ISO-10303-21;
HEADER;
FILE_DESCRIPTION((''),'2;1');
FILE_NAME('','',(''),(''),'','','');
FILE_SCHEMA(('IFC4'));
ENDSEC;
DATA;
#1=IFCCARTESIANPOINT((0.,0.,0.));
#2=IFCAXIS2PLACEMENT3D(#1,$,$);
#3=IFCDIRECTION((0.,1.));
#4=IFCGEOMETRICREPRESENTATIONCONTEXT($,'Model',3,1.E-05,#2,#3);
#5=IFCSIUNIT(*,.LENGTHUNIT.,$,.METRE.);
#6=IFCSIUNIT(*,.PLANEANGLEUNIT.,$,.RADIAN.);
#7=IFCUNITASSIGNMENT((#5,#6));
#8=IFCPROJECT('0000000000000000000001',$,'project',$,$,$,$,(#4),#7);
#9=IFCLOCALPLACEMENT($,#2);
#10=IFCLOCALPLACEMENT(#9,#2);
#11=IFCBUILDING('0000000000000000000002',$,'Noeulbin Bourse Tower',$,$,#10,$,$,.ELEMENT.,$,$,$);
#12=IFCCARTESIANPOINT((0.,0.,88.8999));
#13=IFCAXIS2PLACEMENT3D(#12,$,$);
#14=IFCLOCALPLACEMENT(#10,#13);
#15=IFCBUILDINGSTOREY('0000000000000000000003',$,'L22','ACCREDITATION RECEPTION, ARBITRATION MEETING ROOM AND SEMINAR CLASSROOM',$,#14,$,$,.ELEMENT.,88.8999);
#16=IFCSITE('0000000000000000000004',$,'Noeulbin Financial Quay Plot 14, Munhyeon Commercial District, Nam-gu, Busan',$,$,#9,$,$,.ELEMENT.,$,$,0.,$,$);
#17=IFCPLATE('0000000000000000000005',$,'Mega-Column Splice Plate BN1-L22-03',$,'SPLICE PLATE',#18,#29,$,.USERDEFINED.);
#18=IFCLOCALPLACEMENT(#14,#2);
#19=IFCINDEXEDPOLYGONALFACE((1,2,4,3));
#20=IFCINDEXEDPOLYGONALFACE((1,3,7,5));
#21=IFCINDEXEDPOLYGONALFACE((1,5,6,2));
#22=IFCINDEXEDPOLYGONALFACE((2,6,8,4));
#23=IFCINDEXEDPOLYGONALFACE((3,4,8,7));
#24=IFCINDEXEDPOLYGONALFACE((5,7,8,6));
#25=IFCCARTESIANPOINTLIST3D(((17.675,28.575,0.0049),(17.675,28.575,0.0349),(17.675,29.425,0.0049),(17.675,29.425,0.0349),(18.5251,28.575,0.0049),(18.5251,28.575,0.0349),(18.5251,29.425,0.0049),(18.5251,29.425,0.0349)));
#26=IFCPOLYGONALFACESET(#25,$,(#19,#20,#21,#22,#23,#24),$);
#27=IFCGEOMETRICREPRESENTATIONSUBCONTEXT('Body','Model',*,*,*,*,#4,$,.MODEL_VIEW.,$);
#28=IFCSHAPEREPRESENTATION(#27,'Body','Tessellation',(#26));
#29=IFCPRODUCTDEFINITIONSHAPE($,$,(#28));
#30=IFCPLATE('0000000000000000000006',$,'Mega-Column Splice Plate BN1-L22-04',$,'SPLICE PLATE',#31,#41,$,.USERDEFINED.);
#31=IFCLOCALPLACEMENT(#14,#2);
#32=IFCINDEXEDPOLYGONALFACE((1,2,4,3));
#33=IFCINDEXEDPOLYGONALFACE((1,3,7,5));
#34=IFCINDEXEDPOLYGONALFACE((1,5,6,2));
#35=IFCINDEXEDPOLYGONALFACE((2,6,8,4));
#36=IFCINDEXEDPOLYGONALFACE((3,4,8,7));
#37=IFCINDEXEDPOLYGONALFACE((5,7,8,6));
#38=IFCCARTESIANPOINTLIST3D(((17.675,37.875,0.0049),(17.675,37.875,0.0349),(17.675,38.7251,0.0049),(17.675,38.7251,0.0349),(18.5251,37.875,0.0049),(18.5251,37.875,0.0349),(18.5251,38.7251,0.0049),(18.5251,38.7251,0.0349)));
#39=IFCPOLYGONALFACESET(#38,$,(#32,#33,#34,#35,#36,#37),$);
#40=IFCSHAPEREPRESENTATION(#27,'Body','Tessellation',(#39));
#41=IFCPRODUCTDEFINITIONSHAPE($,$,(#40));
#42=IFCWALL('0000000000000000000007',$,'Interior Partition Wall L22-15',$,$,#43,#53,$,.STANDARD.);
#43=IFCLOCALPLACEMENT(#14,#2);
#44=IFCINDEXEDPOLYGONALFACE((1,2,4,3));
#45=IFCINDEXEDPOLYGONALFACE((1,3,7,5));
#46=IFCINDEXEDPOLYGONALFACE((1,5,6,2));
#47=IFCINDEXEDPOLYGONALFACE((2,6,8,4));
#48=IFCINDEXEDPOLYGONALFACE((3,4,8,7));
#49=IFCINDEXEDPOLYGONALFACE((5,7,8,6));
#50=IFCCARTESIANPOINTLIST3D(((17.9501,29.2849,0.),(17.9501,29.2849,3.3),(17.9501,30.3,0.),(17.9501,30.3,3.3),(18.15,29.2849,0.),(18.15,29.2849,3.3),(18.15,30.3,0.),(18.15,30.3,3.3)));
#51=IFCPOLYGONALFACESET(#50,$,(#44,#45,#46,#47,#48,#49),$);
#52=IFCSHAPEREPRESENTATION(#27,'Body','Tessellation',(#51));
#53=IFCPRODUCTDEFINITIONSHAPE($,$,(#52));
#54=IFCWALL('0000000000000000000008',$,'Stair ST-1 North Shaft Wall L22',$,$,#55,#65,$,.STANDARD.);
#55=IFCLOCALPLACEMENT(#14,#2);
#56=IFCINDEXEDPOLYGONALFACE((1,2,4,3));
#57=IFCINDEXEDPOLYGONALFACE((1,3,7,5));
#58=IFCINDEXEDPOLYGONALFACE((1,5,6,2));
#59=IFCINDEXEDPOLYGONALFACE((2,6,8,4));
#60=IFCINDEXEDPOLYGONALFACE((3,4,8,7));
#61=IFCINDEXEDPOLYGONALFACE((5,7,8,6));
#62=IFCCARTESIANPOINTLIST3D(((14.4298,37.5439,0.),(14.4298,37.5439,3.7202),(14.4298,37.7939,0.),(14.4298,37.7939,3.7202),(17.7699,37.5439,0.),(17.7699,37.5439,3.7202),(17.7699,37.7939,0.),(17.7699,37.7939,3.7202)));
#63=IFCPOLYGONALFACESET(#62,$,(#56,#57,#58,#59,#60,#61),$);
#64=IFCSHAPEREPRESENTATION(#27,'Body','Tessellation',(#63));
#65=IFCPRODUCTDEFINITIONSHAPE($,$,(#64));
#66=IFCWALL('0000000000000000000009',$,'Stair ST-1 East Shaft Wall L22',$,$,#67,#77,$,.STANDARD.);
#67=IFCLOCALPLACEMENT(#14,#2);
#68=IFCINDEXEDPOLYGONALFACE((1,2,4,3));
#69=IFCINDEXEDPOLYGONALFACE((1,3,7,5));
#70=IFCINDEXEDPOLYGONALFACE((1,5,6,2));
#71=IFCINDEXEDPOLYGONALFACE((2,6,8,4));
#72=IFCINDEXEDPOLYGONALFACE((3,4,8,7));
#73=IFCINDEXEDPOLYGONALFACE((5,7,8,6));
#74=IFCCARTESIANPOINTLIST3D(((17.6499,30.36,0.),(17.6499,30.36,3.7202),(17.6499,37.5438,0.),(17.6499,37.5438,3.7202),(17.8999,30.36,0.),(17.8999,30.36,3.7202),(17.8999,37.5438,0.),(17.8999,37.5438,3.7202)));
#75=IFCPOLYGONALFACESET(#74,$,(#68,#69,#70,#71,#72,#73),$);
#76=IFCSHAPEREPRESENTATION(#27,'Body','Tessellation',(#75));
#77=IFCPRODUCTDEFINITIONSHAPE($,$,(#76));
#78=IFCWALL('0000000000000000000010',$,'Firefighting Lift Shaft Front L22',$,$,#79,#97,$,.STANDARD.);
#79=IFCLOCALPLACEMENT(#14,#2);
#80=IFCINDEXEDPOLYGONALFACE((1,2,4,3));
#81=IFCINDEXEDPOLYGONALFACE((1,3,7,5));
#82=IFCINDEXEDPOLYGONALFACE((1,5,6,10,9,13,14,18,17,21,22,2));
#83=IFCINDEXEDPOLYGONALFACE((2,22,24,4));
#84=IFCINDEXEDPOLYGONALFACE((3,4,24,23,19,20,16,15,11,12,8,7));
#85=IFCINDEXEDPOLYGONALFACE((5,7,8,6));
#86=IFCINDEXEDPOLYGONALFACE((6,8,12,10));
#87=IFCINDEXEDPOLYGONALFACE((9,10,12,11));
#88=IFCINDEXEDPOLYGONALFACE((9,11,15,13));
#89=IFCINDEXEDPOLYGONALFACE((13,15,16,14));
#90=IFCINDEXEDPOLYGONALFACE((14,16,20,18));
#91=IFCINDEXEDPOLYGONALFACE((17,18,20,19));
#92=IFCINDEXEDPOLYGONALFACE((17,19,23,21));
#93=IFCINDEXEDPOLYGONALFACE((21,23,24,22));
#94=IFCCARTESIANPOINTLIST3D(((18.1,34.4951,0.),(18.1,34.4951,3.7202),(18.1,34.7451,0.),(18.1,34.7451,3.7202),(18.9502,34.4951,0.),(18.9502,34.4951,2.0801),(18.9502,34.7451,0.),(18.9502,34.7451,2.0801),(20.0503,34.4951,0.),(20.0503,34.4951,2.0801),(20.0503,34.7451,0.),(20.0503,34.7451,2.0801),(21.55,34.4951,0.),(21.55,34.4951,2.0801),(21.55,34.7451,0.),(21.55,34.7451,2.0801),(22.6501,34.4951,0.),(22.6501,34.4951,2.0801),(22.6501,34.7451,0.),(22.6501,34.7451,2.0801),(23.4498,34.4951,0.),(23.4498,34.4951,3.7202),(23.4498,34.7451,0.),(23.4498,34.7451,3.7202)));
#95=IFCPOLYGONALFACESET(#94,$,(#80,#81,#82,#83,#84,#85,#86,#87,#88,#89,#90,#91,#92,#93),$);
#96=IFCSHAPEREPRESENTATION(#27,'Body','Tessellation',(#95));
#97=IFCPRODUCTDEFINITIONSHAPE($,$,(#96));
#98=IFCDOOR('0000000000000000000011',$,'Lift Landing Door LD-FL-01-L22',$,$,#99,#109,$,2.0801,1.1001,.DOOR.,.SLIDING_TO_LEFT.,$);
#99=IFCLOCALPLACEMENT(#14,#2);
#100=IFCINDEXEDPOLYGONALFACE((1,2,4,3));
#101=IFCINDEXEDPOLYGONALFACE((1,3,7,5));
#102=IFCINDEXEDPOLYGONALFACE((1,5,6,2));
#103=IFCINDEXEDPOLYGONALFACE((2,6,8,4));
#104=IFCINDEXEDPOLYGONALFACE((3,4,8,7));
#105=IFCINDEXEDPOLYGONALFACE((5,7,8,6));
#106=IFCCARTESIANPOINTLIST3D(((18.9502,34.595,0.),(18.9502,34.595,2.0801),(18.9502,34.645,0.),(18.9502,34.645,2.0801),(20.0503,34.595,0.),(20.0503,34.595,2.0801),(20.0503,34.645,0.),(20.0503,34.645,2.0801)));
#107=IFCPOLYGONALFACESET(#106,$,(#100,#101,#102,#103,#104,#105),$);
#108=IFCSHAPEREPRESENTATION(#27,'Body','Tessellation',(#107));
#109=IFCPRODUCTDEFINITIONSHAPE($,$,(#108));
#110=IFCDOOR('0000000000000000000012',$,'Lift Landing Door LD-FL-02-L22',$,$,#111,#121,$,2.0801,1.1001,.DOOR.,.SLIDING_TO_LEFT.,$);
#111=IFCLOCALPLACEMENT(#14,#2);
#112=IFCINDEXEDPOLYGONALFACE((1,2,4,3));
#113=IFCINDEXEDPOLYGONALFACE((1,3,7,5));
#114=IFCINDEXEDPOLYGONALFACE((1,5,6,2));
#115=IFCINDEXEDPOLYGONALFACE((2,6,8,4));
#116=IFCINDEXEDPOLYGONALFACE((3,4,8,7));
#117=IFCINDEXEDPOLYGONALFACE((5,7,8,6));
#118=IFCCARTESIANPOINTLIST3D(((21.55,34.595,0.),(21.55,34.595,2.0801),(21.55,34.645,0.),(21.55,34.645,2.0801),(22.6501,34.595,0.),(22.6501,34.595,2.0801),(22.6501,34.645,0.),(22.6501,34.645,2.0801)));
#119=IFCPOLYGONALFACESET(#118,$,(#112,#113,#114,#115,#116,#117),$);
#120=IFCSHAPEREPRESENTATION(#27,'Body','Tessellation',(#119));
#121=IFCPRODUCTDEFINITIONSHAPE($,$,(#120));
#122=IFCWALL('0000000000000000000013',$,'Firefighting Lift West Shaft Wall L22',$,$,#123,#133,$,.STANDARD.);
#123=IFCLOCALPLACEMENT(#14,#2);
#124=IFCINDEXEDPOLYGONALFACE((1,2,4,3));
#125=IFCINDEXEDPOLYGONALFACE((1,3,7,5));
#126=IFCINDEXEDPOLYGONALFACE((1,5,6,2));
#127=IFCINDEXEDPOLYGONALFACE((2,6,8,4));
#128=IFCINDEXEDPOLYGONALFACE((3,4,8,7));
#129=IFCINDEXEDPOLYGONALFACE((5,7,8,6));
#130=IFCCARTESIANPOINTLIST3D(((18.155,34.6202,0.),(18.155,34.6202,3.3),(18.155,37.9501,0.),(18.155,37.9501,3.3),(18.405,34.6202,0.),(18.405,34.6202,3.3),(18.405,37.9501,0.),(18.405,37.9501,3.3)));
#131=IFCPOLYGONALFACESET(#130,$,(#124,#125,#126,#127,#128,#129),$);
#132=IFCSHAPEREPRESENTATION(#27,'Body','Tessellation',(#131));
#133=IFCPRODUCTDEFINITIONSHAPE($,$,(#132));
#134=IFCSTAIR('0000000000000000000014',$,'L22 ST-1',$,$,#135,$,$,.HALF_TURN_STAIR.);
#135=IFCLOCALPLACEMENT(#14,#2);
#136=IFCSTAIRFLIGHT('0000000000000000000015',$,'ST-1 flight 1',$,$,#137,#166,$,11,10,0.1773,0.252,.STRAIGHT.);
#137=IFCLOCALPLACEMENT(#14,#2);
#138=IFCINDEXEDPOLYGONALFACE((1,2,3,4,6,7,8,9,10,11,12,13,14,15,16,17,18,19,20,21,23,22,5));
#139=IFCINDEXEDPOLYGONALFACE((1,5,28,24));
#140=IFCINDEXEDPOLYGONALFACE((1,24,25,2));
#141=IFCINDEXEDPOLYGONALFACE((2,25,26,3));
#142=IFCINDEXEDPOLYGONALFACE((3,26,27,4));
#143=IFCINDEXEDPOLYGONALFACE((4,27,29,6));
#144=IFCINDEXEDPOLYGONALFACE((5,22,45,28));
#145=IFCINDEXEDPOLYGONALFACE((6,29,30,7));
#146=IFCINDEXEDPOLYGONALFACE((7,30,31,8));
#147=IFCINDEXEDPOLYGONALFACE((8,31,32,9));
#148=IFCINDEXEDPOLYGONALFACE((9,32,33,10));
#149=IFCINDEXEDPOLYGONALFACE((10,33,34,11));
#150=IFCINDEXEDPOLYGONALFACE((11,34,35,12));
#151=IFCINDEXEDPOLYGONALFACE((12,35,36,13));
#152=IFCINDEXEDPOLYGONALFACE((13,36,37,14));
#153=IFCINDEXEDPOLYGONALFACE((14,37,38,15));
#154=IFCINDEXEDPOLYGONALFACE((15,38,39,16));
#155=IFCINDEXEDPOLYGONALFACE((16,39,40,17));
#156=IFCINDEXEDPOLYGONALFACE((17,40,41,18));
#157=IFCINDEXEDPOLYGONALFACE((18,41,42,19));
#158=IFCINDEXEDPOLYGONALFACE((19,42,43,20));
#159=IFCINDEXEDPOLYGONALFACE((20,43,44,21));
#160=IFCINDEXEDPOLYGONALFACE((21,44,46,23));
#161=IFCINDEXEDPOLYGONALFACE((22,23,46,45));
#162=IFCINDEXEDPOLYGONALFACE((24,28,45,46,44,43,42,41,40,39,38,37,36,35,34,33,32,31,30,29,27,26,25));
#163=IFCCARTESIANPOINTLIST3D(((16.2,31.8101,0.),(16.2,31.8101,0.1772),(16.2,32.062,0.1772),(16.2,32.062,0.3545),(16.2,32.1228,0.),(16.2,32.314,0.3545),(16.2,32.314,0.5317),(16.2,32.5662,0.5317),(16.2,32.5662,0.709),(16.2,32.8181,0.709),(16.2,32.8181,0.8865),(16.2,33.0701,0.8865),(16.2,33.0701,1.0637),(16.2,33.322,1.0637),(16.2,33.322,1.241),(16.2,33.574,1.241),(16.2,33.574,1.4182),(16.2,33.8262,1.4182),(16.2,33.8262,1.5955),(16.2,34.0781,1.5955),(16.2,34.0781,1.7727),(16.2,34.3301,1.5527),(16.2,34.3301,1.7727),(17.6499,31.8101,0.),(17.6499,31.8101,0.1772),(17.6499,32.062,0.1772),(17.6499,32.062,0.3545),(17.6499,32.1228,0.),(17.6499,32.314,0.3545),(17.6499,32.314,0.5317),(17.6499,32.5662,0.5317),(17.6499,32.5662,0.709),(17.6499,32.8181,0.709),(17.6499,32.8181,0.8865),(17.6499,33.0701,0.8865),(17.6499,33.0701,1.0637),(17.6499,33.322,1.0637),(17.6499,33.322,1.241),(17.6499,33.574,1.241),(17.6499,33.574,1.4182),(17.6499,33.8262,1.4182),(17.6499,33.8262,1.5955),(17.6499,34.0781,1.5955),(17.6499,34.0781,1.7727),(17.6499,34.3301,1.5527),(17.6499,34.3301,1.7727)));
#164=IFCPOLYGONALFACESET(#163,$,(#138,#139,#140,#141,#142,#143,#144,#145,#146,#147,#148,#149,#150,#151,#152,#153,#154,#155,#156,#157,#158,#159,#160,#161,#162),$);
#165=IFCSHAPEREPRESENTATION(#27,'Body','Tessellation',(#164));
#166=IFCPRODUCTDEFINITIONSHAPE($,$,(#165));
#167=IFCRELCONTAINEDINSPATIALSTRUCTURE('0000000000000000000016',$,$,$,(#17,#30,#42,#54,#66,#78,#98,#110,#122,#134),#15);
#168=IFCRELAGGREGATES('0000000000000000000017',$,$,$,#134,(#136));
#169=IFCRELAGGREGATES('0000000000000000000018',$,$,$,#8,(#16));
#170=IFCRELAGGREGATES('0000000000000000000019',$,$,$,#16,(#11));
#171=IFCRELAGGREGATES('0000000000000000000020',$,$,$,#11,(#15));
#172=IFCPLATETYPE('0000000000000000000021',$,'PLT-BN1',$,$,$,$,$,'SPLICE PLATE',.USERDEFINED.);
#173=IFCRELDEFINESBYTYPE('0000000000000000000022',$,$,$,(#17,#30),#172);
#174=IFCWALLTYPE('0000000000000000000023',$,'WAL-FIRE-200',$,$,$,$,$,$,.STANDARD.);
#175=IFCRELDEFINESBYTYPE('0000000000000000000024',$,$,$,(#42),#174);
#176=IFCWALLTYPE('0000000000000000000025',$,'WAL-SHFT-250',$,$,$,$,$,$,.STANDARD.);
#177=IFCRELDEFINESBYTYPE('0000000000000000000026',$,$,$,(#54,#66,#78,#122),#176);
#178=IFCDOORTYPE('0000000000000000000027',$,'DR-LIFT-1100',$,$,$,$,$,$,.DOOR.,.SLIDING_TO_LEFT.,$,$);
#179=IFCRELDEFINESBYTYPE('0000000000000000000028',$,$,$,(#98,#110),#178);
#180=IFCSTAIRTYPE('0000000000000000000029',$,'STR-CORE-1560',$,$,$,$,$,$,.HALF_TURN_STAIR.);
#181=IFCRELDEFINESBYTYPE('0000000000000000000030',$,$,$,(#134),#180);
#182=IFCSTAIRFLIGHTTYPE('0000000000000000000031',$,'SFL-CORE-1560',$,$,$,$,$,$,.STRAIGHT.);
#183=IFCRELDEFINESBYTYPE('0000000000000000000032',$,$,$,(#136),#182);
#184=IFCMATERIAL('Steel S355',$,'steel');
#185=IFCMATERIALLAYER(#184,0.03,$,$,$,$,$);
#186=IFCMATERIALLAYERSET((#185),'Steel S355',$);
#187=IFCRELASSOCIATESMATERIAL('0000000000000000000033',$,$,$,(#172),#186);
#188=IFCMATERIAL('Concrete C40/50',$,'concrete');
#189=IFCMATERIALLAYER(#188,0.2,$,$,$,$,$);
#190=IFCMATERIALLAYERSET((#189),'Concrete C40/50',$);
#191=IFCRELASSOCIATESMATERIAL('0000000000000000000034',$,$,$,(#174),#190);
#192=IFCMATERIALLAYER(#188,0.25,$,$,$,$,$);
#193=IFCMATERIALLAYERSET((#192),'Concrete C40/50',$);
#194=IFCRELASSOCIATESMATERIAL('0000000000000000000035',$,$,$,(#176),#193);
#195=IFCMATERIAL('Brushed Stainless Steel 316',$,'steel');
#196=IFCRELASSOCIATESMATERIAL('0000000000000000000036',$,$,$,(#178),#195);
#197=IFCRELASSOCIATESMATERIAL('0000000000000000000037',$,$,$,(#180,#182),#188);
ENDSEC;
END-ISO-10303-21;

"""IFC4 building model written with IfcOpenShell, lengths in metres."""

from ifc_helpers import new_model, si_unit, direction, frame, frame_2d, origin, origin_2d, place, context, subcontext, project, spatial, polyline, rectangle, outline, extrude, material, layer, layer_set, type_object, element, fill, aggregate, save


model = new_model("IFC4")

# Units and contexts
model_context = context("Model", 3, precision=1e-05, world=origin(), true_north=direction((0.0, 1.0)))
body_context = subcontext(model_context, "Body", "Model", "MODEL_VIEW")
ifc_project = project(units=[si_unit("LENGTHUNIT", "METRE"), si_unit("PLANEANGLEUNIT", "RADIAN")], contexts=[model_context])

# Site, building, storey
site_placement = place(None, origin())
site = spatial("IfcSite", under=ifc_project, at=site_placement, Name="Noeulbin Financial Quay Plot 14, Munhyeon Commercial District, Nam-gu, Busan", CompositionType="ELEMENT", RefElevation=0.0)
building_placement = place(site_placement, origin())
building = spatial("IfcBuilding", under=site, at=building_placement, Name="Noeulbin Bourse Tower", CompositionType="ELEMENT")
storey_placement = place(building_placement, frame((0.0, 0.0, 88.8999)))
storey = spatial("IfcBuildingStorey", under=building, at=storey_placement, Name="L22", Description="ACCREDITATION RECEPTION, ARBITRATION MEETING ROOM AND SEMINAR CLASSROOM", CompositionType="ELEMENT", Elevation=88.8999)

# Shared definitions
ifc_material_1 = material(Name="Steel S355", Category="steel")

# Plates
ifc_layer_1 = layer(ifc_material_1, 0.03)
ifc_layer_set_1 = layer_set([ifc_layer_1], Name="Steel S355")
plate_type_1 = type_object("IfcPlateType", Name="PLT-BN1", ElementType="SPLICE PLATE", PredefinedType="USERDEFINED", material=ifc_layer_set_1)
for number, where, z_axis, x_axis, name in (
    (1, (18.1001, 29.0, 0.0049), (0.0, 0.0, 1.0), (1.0, 0.0, 0.0), "Mega-Column Splice Plate BN1-L22-03"),
    (2, (18.1001, 38.3, 0.0049), (0.0, 0.0, 1.0), (1.0, 0.0, 0.0), "Mega-Column Splice Plate BN1-L22-04"),
):
    element("IfcPlate", number, at=place(storey_placement, frame(where, z_axis=z_axis, x_axis=x_axis)), inside=storey, type_object=plate_type_1, Name=name, ObjectType="SPLICE PLATE", PredefinedType="USERDEFINED", context=body_context, shape_type="SweptSolid", body=[
        extrude(rectangle(XDim=0.8501, YDim=0.8501, at=origin_2d()), origin(), (0.0, 0.0, 1.0), 0.03),
    ])

# Walls
ifc_material_2 = material(Name="Concrete C40/50", Category="concrete")
ifc_layer_2 = layer(ifc_material_2, 0.2)
ifc_layer_set_2 = layer_set([ifc_layer_2], Name="Concrete C40/50")
wall_type_1 = type_object("IfcWallType", Name="WAL-FIRE-200", PredefinedType="STANDARD", material=ifc_layer_set_2)
wall_1_placement = place(storey_placement, frame((18.05, 29.2849, 0.0), z_axis=(0.0, 0.0, 1.0), x_axis=(0.0, 1.0, 0.0)))
element("IfcWall", 3, at=wall_1_placement, inside=storey, type_object=wall_type_1, Name="Interior Partition Wall L22-15", PredefinedType="STANDARD", context=body_context, shape_type="SweptSolid", body=[
    extrude(rectangle(XDim=1.0151, YDim=0.2, at=frame_2d((0.5076, 0.0))), origin(), (0.0, 0.0, 1.0), 3.3),
])
ifc_layer_3 = layer(ifc_material_2, 0.25)
ifc_layer_set_3 = layer_set([ifc_layer_3], Name="Concrete C40/50")
wall_type_2 = type_object("IfcWallType", Name="WAL-SHFT-250", PredefinedType="STANDARD", material=ifc_layer_set_3)
wall_2_placement = place(storey_placement, frame((14.4299, 37.6689, 0.0), z_axis=(0.0, 0.0, 1.0), x_axis=(1.0, 0.0, 0.0)))
element("IfcWall", 4, at=wall_2_placement, inside=storey, type_object=wall_type_2, Name="Stair ST-1 North Shaft Wall L22", PredefinedType="STANDARD", context=body_context, shape_type="SweptSolid", body=[
    extrude(rectangle(XDim=3.3401, YDim=0.25, at=frame_2d((1.6699, 0.0))), origin(), (0.0, 0.0, 1.0), 3.7202),
])
wall_3_placement = place(storey_placement, frame((17.7749, 30.3601, 0.0), z_axis=(0.0, 0.0, 1.0), x_axis=(0.0, 1.0, 0.0)))
element("IfcWall", 5, at=wall_3_placement, inside=storey, type_object=wall_type_2, Name="Stair ST-1 East Shaft Wall L22", PredefinedType="STANDARD", context=body_context, shape_type="SweptSolid", body=[
    extrude(rectangle(XDim=7.1838, YDim=0.25, at=frame_2d((3.5918, 0.0))), origin(), (0.0, 0.0, 1.0), 3.7202),
])

# Wall, openings, doors
wall_4_placement = place(storey_placement, frame((18.1001, 34.6201, 0.0), z_axis=(0.0, 0.0, 1.0), x_axis=(1.0, 0.0, 0.0)))
wall_4 = element("IfcWall", 6, at=wall_4_placement, inside=storey, type_object=wall_type_2, Name="Firefighting Lift Shaft Front L22", PredefinedType="STANDARD", context=body_context, shape_type="SweptSolid", body=[
    extrude(rectangle(XDim=5.3499, YDim=0.25, at=frame_2d((2.6748, 0.0))), origin(), (0.0, 0.0, 1.0), 3.7202),
])
opening_1_placement = place(wall_4_placement, frame((0.8501, 0.0, 0.0)))
opening_1 = element("IfcOpeningElement", 7, at=opening_1_placement, cuts=wall_4, PredefinedType="OPENING", context=body_context, shape_type="SweptSolid", body=[
    extrude(rectangle(XDim=1.1001, YDim=2.0801, at=frame_2d((0.55, 1.04))), frame((0.0, 0.135, 0.0), z_axis=(0.0, -1.0, 0.0), x_axis=(1.0, 0.0, 0.0)), (0.0, 0.0, 1.0), 0.27),
])
opening_2_placement = place(wall_4_placement, frame((3.45, 0.0, 0.0)))
opening_2 = element("IfcOpeningElement", 8, at=opening_2_placement, cuts=wall_4, PredefinedType="OPENING", context=body_context, shape_type="SweptSolid", body=[
    extrude(rectangle(XDim=1.1001, YDim=2.0801, at=frame_2d((0.55, 1.04))), frame((0.0, 0.135, 0.0), z_axis=(0.0, -1.0, 0.0), x_axis=(1.0, 0.0, 0.0)), (0.0, 0.0, 1.0), 0.27),
])
ifc_material_3 = material(Name="Brushed Stainless Steel 316", Category="steel")
door_type = type_object("IfcDoorType", Name="DR-LIFT-1100", OperationType="SLIDING_TO_LEFT", PredefinedType="DOOR", material=ifc_material_3)
door_1_placement = place(opening_1_placement, origin())
door_1 = element("IfcDoor", 9, at=door_1_placement, inside=storey, type_object=door_type, Name="Lift Landing Door LD-FL-01-L22", OperationType="SLIDING_TO_LEFT", OverallHeight=2.0801, OverallWidth=1.1001, PredefinedType="DOOR", context=body_context, shape_type="SweptSolid", body=[
    extrude(rectangle(XDim=1.1001, YDim=2.0801, at=frame_2d((0.55, 1.04))), frame((0.0, 0.0249, 0.0), z_axis=(0.0, -1.0, 0.0), x_axis=(1.0, 0.0, 0.0)), (0.0, 0.0, 1.0), 0.05),
])
fill(opening_1, door_1)
door_2_placement = place(opening_2_placement, origin())
door_2 = element("IfcDoor", 10, at=door_2_placement, inside=storey, type_object=door_type, Name="Lift Landing Door LD-FL-02-L22", OperationType="SLIDING_TO_LEFT", OverallHeight=2.0801, OverallWidth=1.1001, PredefinedType="DOOR", context=body_context, shape_type="SweptSolid", body=[
    extrude(rectangle(XDim=1.1001, YDim=2.0801, at=frame_2d((0.55, 1.04))), frame((0.0, 0.0249, 0.0), z_axis=(0.0, -1.0, 0.0), x_axis=(1.0, 0.0, 0.0)), (0.0, 0.0, 1.0), 0.05),
])
fill(opening_2, door_2)

# Wall
wall_5_placement = place(storey_placement, frame((18.28, 34.6201, 0.0), z_axis=(0.0, 0.0, 1.0), x_axis=(0.0, 1.0, 0.0)))
element("IfcWall", 11, at=wall_5_placement, inside=storey, type_object=wall_type_2, Name="Firefighting Lift West Shaft Wall L22", PredefinedType="STANDARD", context=body_context, shape_type="SweptSolid", body=[
    extrude(rectangle(XDim=3.3298, YDim=0.25, at=frame_2d((1.665, 0.0))), origin(), (0.0, 0.0, 1.0), 3.3),
])

# Stair, stair flight
stair_type = type_object("IfcStairType", Name="STR-CORE-1560", PredefinedType="HALF_TURN_STAIR", material=ifc_material_2)
stair_placement = place(storey_placement, origin())
stair = element("IfcStair", 12, at=stair_placement, inside=storey, type_object=stair_type, Name="L22 ST-1", PredefinedType="HALF_TURN_STAIR")
stair_flight_type = type_object("IfcStairFlightType", Name="SFL-CORE-1560", PredefinedType="STRAIGHT", material=ifc_material_2)
stair_flight_1_placement = place(storey_placement, frame((16.925, 31.8101, 0.0), z_axis=(0.0, 0.0, 1.0), x_axis=(0.0, 1.0, 0.0)))
stair_flight_1 = element("IfcStairFlight", 13, at=stair_flight_1_placement, type_object=stair_flight_type, Name="ST-1 flight 1", NumberOfRisers=11, NumberOfTreads=10, PredefinedType="STRAIGHT", RiserHeight=0.1773, TreadLength=0.252, context=body_context, shape_type="SweptSolid", body=[
    extrude(outline(polyline([(0.0, 0.0), (0.0, 0.1772), (0.252, 0.1772), (0.252, 0.3545), (0.5039, 0.3545), (0.5039, 0.5317), (0.7561, 0.5317), (0.7561, 0.709), (1.0081, 0.709), (1.0081, 0.8865), (1.26, 0.8865), (1.26, 1.0637), (1.512, 1.0637), (1.512, 1.241), (1.7639, 1.241), (1.7639, 1.4182), (2.0161, 1.4182), (2.0161, 1.5955), (2.2681, 1.5955), (2.2681, 1.7727), (2.52, 1.7727), (2.52, 1.95), (2.52, 1.5527), (0.3127, 0.0), (0.0, 0.0)])), frame((0.0, 0.7251, 0.0), z_axis=(0.0, -1.0, 0.0), x_axis=(1.0, 0.0, 0.0)), (0.0, 0.0, 1.0), 1.45),
])
aggregate(stair, [stair_flight_1])

save(model, "model.ifc")
